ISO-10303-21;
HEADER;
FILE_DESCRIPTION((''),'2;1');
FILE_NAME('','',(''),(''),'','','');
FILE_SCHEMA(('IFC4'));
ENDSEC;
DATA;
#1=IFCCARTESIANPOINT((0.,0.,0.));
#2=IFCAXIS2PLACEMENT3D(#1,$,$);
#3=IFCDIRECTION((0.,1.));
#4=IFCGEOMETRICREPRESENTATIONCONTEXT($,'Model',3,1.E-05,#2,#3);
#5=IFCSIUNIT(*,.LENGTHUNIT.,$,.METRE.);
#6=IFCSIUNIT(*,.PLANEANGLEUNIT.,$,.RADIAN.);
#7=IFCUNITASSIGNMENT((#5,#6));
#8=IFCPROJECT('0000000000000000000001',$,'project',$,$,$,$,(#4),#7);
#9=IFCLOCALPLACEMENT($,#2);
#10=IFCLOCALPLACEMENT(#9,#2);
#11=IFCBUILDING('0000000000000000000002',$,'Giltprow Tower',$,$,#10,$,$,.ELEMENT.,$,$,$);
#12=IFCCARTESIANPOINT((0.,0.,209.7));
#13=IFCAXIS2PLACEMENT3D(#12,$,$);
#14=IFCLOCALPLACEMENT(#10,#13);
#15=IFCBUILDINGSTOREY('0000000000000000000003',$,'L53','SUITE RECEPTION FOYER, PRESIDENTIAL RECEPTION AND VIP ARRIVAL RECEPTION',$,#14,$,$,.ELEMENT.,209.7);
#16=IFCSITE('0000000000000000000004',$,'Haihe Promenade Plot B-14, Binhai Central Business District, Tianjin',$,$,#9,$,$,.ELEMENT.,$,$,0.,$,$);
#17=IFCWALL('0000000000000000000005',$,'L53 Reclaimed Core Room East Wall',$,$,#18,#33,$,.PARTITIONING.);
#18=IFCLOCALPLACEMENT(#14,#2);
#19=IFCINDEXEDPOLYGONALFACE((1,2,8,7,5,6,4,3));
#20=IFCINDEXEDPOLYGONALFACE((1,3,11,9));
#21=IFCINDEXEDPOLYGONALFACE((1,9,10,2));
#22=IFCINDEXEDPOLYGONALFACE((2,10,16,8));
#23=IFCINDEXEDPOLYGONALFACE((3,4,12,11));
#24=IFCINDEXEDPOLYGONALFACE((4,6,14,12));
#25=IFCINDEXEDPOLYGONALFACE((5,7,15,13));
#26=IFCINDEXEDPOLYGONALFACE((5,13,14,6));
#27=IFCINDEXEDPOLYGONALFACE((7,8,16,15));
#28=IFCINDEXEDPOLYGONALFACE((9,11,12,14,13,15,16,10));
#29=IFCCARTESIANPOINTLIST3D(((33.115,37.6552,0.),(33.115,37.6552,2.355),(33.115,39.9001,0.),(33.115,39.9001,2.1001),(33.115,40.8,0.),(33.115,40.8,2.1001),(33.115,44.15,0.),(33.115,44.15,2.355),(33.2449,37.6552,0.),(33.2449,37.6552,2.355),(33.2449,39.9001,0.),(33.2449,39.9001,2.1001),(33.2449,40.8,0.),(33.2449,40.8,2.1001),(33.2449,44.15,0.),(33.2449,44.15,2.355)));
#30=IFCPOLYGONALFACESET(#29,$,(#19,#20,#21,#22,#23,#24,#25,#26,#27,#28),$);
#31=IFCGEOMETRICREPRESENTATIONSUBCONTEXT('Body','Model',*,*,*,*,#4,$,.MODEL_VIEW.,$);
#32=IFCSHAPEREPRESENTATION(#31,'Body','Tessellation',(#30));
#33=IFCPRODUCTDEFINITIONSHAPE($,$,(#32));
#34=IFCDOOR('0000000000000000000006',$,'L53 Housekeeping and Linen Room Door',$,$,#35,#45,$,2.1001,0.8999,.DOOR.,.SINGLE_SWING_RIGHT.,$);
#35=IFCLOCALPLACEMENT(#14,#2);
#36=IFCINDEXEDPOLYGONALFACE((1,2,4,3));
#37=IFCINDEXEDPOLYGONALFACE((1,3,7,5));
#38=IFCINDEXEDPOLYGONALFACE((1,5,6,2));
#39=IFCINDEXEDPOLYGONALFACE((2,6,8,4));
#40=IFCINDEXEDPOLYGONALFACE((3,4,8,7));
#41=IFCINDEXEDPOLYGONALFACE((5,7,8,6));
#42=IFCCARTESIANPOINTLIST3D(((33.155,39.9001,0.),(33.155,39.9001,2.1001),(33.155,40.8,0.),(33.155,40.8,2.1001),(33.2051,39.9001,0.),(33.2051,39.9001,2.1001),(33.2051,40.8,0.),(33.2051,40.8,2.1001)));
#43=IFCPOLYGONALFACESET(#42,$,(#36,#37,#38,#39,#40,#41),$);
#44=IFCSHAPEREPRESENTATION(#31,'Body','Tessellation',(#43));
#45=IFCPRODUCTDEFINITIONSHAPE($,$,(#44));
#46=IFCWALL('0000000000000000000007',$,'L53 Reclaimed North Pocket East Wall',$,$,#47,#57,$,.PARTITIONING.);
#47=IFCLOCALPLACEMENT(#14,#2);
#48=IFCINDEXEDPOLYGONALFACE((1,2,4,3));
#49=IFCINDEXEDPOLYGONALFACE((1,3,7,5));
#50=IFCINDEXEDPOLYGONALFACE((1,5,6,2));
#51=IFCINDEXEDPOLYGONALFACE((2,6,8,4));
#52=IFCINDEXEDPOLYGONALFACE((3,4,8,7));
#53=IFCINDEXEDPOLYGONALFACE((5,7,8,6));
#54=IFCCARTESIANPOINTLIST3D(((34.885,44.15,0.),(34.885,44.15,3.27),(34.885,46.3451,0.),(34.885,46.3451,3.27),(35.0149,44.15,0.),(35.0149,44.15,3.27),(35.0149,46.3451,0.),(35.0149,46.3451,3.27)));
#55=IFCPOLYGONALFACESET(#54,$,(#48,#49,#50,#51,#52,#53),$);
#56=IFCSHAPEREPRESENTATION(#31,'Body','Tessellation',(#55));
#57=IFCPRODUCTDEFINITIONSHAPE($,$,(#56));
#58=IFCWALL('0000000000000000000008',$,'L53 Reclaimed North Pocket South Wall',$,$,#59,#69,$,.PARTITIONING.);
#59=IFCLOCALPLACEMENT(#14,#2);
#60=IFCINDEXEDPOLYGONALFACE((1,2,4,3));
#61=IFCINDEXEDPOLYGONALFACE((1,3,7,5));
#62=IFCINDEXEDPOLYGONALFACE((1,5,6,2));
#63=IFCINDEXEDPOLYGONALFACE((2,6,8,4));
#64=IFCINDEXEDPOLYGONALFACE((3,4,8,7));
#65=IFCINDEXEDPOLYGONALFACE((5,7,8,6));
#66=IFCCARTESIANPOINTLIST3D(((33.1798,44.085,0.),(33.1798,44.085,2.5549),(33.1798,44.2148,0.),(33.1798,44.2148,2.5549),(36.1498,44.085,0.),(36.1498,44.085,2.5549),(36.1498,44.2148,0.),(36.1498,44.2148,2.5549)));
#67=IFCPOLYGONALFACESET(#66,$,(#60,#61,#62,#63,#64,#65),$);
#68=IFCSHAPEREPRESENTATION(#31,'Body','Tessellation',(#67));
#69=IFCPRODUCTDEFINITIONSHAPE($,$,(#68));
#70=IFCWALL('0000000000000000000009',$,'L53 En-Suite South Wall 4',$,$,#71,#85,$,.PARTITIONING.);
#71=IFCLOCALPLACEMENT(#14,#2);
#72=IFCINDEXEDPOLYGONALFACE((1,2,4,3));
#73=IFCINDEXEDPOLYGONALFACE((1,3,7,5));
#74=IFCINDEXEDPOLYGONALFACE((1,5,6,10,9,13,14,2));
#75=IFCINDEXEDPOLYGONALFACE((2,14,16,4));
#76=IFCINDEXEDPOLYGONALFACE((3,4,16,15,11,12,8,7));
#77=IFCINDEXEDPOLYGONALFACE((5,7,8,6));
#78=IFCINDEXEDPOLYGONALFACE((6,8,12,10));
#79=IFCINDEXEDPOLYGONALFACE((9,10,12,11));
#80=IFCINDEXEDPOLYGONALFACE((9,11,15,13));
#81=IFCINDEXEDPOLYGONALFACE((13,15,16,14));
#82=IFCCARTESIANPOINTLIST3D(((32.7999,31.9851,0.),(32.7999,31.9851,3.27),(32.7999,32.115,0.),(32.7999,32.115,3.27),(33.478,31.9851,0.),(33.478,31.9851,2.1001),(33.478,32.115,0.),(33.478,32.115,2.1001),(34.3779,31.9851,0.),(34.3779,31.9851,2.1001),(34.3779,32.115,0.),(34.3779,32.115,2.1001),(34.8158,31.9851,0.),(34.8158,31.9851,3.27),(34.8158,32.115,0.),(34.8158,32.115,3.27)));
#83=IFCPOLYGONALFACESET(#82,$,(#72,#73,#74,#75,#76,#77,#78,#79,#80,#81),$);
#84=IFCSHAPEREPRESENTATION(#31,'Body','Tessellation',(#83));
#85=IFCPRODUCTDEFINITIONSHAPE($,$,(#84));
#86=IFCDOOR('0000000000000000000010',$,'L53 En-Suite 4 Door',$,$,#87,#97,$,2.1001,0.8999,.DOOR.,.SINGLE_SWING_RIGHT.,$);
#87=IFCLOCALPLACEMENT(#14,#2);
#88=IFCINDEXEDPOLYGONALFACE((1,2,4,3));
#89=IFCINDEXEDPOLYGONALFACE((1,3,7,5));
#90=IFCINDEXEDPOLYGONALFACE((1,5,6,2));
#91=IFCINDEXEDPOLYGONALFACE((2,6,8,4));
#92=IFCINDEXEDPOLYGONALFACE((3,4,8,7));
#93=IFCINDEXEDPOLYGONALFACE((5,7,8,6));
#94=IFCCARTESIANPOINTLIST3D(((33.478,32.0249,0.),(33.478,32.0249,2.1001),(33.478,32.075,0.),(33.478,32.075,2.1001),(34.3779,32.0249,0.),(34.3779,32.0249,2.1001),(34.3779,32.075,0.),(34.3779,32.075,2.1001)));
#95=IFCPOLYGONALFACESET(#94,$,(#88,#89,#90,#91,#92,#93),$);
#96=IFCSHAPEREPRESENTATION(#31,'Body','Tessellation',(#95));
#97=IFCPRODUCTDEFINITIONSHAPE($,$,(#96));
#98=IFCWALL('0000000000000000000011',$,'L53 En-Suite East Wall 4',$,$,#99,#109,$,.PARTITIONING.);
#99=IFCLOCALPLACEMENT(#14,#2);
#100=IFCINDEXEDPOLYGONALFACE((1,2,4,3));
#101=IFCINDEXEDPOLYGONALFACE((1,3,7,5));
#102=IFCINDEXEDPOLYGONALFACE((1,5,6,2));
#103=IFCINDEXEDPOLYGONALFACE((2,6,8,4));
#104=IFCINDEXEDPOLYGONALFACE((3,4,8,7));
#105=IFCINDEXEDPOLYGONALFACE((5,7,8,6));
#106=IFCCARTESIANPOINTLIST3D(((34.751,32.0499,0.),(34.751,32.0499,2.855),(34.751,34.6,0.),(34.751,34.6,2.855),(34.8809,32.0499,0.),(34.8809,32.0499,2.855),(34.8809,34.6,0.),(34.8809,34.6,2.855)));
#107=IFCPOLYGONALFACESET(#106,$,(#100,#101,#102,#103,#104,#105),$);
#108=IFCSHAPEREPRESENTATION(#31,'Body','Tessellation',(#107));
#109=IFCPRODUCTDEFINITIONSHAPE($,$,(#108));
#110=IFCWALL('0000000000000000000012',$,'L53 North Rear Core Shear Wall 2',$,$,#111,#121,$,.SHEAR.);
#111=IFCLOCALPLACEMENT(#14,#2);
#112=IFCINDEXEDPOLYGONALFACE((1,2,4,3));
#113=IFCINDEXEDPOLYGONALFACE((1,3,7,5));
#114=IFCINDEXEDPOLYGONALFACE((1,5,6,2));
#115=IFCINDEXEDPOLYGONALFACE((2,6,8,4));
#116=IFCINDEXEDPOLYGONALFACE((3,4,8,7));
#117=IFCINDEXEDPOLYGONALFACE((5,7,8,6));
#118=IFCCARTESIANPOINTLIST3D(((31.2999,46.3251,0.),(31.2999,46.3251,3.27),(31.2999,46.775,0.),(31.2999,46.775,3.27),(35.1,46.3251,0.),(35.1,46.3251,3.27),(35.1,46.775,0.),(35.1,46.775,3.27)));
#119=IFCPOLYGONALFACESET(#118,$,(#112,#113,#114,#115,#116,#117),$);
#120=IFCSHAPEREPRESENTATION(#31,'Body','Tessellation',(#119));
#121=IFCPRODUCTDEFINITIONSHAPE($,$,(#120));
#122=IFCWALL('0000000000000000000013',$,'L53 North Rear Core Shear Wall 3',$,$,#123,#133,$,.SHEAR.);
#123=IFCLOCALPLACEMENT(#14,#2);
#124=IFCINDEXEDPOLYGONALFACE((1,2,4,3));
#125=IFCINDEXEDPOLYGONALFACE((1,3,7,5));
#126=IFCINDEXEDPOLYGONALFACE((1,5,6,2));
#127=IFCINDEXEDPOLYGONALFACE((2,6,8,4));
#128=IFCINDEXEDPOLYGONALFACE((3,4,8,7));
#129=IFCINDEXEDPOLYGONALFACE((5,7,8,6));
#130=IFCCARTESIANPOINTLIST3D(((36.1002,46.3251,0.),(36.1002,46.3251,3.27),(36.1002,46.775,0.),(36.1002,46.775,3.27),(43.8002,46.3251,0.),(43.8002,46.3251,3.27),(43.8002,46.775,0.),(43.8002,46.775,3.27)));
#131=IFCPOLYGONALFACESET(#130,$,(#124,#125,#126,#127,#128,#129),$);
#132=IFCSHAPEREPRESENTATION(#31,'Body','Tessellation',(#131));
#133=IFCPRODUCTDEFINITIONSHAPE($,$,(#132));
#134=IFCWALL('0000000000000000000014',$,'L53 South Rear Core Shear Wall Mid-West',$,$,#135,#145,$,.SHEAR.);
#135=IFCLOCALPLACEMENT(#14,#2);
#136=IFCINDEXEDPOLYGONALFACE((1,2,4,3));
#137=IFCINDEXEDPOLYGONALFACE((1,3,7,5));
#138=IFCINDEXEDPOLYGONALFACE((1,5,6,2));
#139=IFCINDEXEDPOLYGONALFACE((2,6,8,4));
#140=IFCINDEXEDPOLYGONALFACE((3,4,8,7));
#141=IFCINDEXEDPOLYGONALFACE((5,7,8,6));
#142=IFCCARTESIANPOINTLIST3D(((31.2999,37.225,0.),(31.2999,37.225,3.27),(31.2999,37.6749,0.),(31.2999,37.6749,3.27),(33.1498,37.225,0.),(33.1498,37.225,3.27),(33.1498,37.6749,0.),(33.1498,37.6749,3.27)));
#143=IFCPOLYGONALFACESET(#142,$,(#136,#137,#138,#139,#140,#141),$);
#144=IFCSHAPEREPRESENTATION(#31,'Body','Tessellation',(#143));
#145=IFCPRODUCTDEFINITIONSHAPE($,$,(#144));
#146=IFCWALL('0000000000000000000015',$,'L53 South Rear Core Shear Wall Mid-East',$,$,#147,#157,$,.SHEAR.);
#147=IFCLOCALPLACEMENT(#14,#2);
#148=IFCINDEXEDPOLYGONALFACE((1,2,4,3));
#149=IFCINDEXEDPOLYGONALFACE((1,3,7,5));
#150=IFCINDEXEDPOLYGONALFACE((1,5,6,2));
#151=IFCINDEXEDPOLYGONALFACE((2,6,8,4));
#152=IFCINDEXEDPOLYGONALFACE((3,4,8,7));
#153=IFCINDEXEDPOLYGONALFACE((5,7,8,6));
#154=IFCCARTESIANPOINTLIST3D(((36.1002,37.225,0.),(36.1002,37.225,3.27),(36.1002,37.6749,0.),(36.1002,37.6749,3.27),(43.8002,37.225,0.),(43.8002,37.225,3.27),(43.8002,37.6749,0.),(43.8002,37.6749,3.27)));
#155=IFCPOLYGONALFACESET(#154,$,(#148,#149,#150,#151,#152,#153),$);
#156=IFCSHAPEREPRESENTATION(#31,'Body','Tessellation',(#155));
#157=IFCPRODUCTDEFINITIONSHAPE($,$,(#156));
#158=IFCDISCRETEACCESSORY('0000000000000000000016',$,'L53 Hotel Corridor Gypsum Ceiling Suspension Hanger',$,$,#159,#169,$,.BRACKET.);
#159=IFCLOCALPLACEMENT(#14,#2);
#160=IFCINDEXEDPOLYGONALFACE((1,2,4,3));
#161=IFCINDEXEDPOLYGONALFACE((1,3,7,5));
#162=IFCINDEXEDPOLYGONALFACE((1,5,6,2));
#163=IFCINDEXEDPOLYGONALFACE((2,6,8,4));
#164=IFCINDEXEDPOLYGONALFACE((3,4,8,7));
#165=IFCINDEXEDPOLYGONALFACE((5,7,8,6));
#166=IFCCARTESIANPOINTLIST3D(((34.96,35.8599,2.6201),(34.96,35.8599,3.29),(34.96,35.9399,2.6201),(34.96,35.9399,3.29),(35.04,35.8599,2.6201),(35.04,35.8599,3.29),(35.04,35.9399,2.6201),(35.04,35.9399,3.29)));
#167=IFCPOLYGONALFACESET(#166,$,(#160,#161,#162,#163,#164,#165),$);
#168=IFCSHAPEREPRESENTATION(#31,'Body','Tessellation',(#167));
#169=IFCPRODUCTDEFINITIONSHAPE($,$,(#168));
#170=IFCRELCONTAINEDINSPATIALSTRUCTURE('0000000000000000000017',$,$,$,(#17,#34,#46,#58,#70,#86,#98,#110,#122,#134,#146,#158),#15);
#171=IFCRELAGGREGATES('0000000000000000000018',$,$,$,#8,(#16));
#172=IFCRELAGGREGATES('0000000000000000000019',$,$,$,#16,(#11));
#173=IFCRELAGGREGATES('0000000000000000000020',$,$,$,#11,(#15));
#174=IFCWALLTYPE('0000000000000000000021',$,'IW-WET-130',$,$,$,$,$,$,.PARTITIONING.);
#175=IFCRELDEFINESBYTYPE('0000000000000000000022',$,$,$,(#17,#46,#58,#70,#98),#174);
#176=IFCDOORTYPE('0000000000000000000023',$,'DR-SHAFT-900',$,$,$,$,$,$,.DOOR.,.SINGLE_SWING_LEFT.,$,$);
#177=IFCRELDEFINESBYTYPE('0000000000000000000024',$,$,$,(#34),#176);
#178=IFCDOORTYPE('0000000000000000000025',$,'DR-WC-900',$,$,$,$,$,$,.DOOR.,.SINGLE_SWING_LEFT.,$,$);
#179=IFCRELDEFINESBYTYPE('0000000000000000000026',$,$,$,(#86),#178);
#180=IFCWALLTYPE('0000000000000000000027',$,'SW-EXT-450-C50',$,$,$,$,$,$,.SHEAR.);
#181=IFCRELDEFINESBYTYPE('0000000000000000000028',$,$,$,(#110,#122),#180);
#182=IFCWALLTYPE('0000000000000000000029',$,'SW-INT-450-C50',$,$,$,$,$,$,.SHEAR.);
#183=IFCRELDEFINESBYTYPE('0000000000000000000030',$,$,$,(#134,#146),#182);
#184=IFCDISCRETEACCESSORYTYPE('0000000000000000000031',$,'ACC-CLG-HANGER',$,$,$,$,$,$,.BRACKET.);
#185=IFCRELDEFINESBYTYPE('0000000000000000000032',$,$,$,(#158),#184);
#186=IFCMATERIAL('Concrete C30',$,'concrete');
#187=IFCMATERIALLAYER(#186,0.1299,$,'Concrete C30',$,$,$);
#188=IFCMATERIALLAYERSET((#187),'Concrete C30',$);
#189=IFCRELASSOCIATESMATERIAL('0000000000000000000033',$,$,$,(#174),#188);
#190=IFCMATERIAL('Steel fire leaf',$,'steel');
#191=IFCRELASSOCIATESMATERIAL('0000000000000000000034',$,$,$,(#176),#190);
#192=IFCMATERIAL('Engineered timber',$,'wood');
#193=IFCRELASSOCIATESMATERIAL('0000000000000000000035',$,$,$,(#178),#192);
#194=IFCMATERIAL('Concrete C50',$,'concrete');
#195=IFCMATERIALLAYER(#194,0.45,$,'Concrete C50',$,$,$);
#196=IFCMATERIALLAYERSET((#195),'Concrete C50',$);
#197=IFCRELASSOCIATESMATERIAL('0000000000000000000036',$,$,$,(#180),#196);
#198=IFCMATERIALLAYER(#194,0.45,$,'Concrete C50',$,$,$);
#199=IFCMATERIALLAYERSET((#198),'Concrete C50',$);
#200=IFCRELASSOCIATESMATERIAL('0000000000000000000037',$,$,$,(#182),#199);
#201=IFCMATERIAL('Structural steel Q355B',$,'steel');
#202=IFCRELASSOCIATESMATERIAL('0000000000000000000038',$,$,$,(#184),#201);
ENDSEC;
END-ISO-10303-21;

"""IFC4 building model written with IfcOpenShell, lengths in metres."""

from ifc_helpers import new_model, si_unit, direction, frame, frame_2d, origin, origin_2d, place, context, subcontext, project, spatial, rectangle, extrude, source, transform, mapped, material, layer, layer_set, type_object, element, fill, save


model = new_model("IFC4")

# Units and contexts
model_context = context("Model", 3, precision=1e-05, world=origin(), true_north=direction((0.0, 1.0)))
body_context = subcontext(model_context, "Body", "Model", "MODEL_VIEW")
ifc_project = project(units=[si_unit("LENGTHUNIT", "METRE"), si_unit("PLANEANGLEUNIT", "RADIAN")], contexts=[model_context])

# Site, building, storey
site_placement = place(None, origin())
site = spatial("IfcSite", under=ifc_project, at=site_placement, Name="Haihe Promenade Plot B-14, Binhai Central Business District, Tianjin", CompositionType="ELEMENT", RefElevation=0.0)
building_placement = place(site_placement, origin())
building = spatial("IfcBuilding", under=site, at=building_placement, Name="Giltprow Tower", CompositionType="ELEMENT")
storey_placement = place(building_placement, frame((0.0, 0.0, 209.7)))
storey = spatial("IfcBuildingStorey", under=building, at=storey_placement, Name="L53", Description="SUITE RECEPTION FOYER, PRESIDENTIAL RECEPTION AND VIP ARRIVAL RECEPTION", CompositionType="ELEMENT", Elevation=209.7)

# Shared definitions
ifc_material_1 = material(Name="Concrete C50", Category="concrete")

# Shared definitions
ifc_material_2 = material(Name="Structural steel Q355B", Category="steel")

# Wall, opening, door
ifc_material_3 = material(Name="Concrete C30", Category="concrete")
ifc_layer_1 = layer(ifc_material_3, 0.1299, Name="Concrete C30")
ifc_layer_set_1 = layer_set([ifc_layer_1], Name="Concrete C30")
wall_type_1 = type_object("IfcWallType", Name="IW-WET-130", PredefinedType="PARTITIONING", material=ifc_layer_set_1)
wall_1_placement = place(storey_placement, frame((33.1799, 37.655, 0.0), z_axis=(0.0, 0.0, 1.0), x_axis=(0.0, 1.0, 0.0)))
wall_1 = element("IfcWall", 1, at=wall_1_placement, inside=storey, type_object=wall_type_1, Name="L53 Reclaimed Core Room East Wall", PredefinedType="PARTITIONING", context=body_context, shape_type="SweptSolid", body=[
    extrude(rectangle(XDim=6.4949, YDim=0.1299, at=frame_2d((3.2476, 0.0))), origin(), (0.0, 0.0, 1.0), 2.355),
])
opening_1_placement = place(wall_1_placement, frame((2.2451, 0.0, 0.0)))
opening_1 = element("IfcOpeningElement", 2, at=opening_1_placement, cuts=wall_1, PredefinedType="OPENING", context=body_context, shape_type="SweptSolid", body=[
    extrude(rectangle(XDim=0.8999, YDim=2.1001, at=frame_2d((0.45, 1.05))), frame((0.0, 0.075, 0.0), z_axis=(0.0, -1.0, 0.0), x_axis=(1.0, 0.0, 0.0)), (0.0, 0.0, 1.0), 0.1499),
])
ifc_material_4 = material(Name="Steel fire leaf", Category="steel")
door_type_1 = type_object("IfcDoorType", Name="DR-SHAFT-900", OperationType="SINGLE_SWING_LEFT", PredefinedType="DOOR", material=ifc_material_4)
shared_shape_1 = source(origin(), body_context, "Body", "SweptSolid", [
    extrude(rectangle(XDim=0.8999, YDim=2.1001, at=frame_2d((0.45, 1.05))), frame((0.0, 0.0249, 0.0), z_axis=(0.0, -1.0, 0.0), x_axis=(1.0, 0.0, 0.0)), (0.0, 0.0, 1.0), 0.05),
])
door_1_placement = place(opening_1_placement, origin())
door_1 = element("IfcDoor", 3, at=door_1_placement, inside=storey, type_object=door_type_1, Name="L53 Housekeeping and Linen Room Door", OperationType="SINGLE_SWING_RIGHT", OverallHeight=2.1001, OverallWidth=0.8999, PredefinedType="DOOR", context=body_context, shape_type="MappedRepresentation", body=[
    mapped(shared_shape_1, transform((0.0, 0.0, 0.0), x_axis=(1.0, 0.0, 0.0), y_axis=(0.0, 1.0, 0.0), z_axis=(0.0, 0.0, 1.0), scale=1.0)),
])
fill(opening_1, door_1)

# Walls
wall_2_placement = place(storey_placement, frame((34.95, 44.1499, 0.0), z_axis=(0.0, 0.0, 1.0), x_axis=(0.0, 1.0, 0.0)))
element("IfcWall", 4, at=wall_2_placement, inside=storey, type_object=wall_type_1, Name="L53 Reclaimed North Pocket East Wall", PredefinedType="PARTITIONING", context=body_context, shape_type="SweptSolid", body=[
    extrude(rectangle(XDim=2.1951, YDim=0.1299, at=frame_2d((1.0977, 0.0))), origin(), (0.0, 0.0, 1.0), 3.27),
])
wall_3_placement = place(storey_placement, frame((33.1799, 44.1499, 0.0), z_axis=(0.0, 0.0, 1.0), x_axis=(1.0, 0.0, 0.0)))
element("IfcWall", 5, at=wall_3_placement, inside=storey, type_object=wall_type_1, Name="L53 Reclaimed North Pocket South Wall", PredefinedType="PARTITIONING", context=body_context, shape_type="SweptSolid", body=[
    extrude(rectangle(XDim=2.97, YDim=0.1299, at=frame_2d((1.4849, 0.0))), origin(), (0.0, 0.0, 1.0), 2.5549),
])

# Wall, opening, door
wall_4_placement = place(storey_placement, frame((32.8, 32.05, 0.0), z_axis=(0.0, 0.0, 1.0), x_axis=(1.0, 0.0, 0.0)))
wall_4 = element("IfcWall", 6, at=wall_4_placement, inside=storey, type_object=wall_type_1, Name="L53 En-Suite South Wall 4", PredefinedType="PARTITIONING", context=body_context, shape_type="SweptSolid", body=[
    extrude(rectangle(XDim=2.0159, YDim=0.1299, at=frame_2d((1.0078, 0.0))), origin(), (0.0, 0.0, 1.0), 3.27),
])
opening_2_placement = place(wall_4_placement, frame((0.678, 0.0, 0.0)))
opening_2 = element("IfcOpeningElement", 7, at=opening_2_placement, cuts=wall_4, PredefinedType="OPENING", context=body_context, shape_type="SweptSolid", body=[
    extrude(rectangle(XDim=0.8999, YDim=2.1001, at=frame_2d((0.45, 1.05))), frame((0.0, 0.075, 0.0), z_axis=(0.0, -1.0, 0.0), x_axis=(1.0, 0.0, 0.0)), (0.0, 0.0, 1.0), 0.1499),
])
ifc_material_5 = material(Name="Engineered timber", Category="wood")
door_type_2 = type_object("IfcDoorType", Name="DR-WC-900", OperationType="SINGLE_SWING_LEFT", PredefinedType="DOOR", material=ifc_material_5)
door_2_placement = place(opening_2_placement, origin())
door_2 = element("IfcDoor", 8, at=door_2_placement, inside=storey, type_object=door_type_2, Name="L53 En-Suite 4 Door", OperationType="SINGLE_SWING_RIGHT", OverallHeight=2.1001, OverallWidth=0.8999, PredefinedType="DOOR", context=body_context, shape_type="MappedRepresentation", body=[
    mapped(shared_shape_1, transform((0.0, 0.0, 0.0), x_axis=(1.0, 0.0, 0.0), y_axis=(0.0, 1.0, 0.0), z_axis=(0.0, 0.0, 1.0), scale=1.0)),
])
fill(opening_2, door_2)

# Walls
wall_5_placement = place(storey_placement, frame((34.8159, 32.05, 0.0), z_axis=(0.0, 0.0, 1.0), x_axis=(0.0, 1.0, 0.0)))
element("IfcWall", 9, at=wall_5_placement, inside=storey, type_object=wall_type_1, Name="L53 En-Suite East Wall 4", PredefinedType="PARTITIONING", context=body_context, shape_type="SweptSolid", body=[
    extrude(rectangle(XDim=2.55, YDim=0.1299, at=frame_2d((1.2749, 0.0))), origin(), (0.0, 0.0, 1.0), 2.855),
])
ifc_layer_2 = layer(ifc_material_1, 0.45, Name="Concrete C50")
ifc_layer_set_2 = layer_set([ifc_layer_2], Name="Concrete C50")
wall_type_2 = type_object("IfcWallType", Name="SW-EXT-450-C50", PredefinedType="SHEAR", material=ifc_layer_set_2)
wall_6_placement = place(storey_placement, frame((31.3, 46.55, 0.0), z_axis=(0.0, 0.0, 1.0), x_axis=(1.0, 0.0, 0.0)))
element("IfcWall", 10, at=wall_6_placement, inside=storey, type_object=wall_type_2, Name="L53 North Rear Core Shear Wall 2", PredefinedType="SHEAR", context=body_context, shape_type="SweptSolid", body=[
    extrude(rectangle(XDim=3.8, YDim=0.45, at=frame_2d((1.8999, 0.0))), origin(), (0.0, 0.0, 1.0), 3.27),
])
wall_7_placement = place(storey_placement, frame((36.1001, 46.55, 0.0), z_axis=(0.0, 0.0, 1.0), x_axis=(1.0, 0.0, 0.0)))
element("IfcWall", 11, at=wall_7_placement, inside=storey, type_object=wall_type_2, Name="L53 North Rear Core Shear Wall 3", PredefinedType="SHEAR", context=body_context, shape_type="SweptSolid", body=[
    extrude(rectangle(XDim=7.7, YDim=0.45, at=frame_2d((3.8501, 0.0))), origin(), (0.0, 0.0, 1.0), 3.27),
])
ifc_layer_3 = layer(ifc_material_1, 0.45, Name="Concrete C50")
ifc_layer_set_3 = layer_set([ifc_layer_3], Name="Concrete C50")
wall_type_3 = type_object("IfcWallType", Name="SW-INT-450-C50", PredefinedType="SHEAR", material=ifc_layer_set_3)
wall_8_placement = place(storey_placement, frame((31.3, 37.45, 0.0), z_axis=(0.0, 0.0, 1.0), x_axis=(1.0, 0.0, 0.0)))
element("IfcWall", 12, at=wall_8_placement, inside=storey, type_object=wall_type_3, Name="L53 South Rear Core Shear Wall Mid-West", PredefinedType="SHEAR", context=body_context, shape_type="SweptSolid", body=[
    extrude(rectangle(XDim=1.8499, YDim=0.45, at=frame_2d((0.9248, 0.0))), origin(), (0.0, 0.0, 1.0), 3.27),
])
wall_9_placement = place(storey_placement, frame((36.1001, 37.45, 0.0), z_axis=(0.0, 0.0, 1.0), x_axis=(1.0, 0.0, 0.0)))
element("IfcWall", 13, at=wall_9_placement, inside=storey, type_object=wall_type_3, Name="L53 South Rear Core Shear Wall Mid-East", PredefinedType="SHEAR", context=body_context, shape_type="SweptSolid", body=[
    extrude(rectangle(XDim=7.7, YDim=0.45, at=frame_2d((3.8501, 0.0))), origin(), (0.0, 0.0, 1.0), 3.27),
])

# Discrete accessory
discrete_accessory_type = type_object("IfcDiscreteAccessoryType", Name="ACC-CLG-HANGER", PredefinedType="BRACKET", material=ifc_material_2)
shared_shape_2 = source(origin(), body_context, "Body", "SweptSolid", [
    extrude(rectangle(XDim=0.0801, YDim=0.0801, at=origin_2d()), origin(), (0.0, 0.0, 1.0), 0.6699),
])
discrete_accessory_placement = place(storey_placement, frame((35.0, 35.8999, 2.6201), z_axis=(0.0, 0.0, 1.0), x_axis=(1.0, 0.0, 0.0)))
element("IfcDiscreteAccessory", 14, at=discrete_accessory_placement, inside=storey, type_object=discrete_accessory_type, Name="L53 Hotel Corridor Gypsum Ceiling Suspension Hanger", PredefinedType="BRACKET", context=body_context, shape_type="MappedRepresentation", body=[
    mapped(shared_shape_2, transform((0.0, 0.0, 0.0), x_axis=(1.0, 0.0, 0.0), y_axis=(0.0, 1.0, 0.0), z_axis=(0.0, 0.0, 1.0), scale=1.0)),
])

save(model, "model.ifc")
